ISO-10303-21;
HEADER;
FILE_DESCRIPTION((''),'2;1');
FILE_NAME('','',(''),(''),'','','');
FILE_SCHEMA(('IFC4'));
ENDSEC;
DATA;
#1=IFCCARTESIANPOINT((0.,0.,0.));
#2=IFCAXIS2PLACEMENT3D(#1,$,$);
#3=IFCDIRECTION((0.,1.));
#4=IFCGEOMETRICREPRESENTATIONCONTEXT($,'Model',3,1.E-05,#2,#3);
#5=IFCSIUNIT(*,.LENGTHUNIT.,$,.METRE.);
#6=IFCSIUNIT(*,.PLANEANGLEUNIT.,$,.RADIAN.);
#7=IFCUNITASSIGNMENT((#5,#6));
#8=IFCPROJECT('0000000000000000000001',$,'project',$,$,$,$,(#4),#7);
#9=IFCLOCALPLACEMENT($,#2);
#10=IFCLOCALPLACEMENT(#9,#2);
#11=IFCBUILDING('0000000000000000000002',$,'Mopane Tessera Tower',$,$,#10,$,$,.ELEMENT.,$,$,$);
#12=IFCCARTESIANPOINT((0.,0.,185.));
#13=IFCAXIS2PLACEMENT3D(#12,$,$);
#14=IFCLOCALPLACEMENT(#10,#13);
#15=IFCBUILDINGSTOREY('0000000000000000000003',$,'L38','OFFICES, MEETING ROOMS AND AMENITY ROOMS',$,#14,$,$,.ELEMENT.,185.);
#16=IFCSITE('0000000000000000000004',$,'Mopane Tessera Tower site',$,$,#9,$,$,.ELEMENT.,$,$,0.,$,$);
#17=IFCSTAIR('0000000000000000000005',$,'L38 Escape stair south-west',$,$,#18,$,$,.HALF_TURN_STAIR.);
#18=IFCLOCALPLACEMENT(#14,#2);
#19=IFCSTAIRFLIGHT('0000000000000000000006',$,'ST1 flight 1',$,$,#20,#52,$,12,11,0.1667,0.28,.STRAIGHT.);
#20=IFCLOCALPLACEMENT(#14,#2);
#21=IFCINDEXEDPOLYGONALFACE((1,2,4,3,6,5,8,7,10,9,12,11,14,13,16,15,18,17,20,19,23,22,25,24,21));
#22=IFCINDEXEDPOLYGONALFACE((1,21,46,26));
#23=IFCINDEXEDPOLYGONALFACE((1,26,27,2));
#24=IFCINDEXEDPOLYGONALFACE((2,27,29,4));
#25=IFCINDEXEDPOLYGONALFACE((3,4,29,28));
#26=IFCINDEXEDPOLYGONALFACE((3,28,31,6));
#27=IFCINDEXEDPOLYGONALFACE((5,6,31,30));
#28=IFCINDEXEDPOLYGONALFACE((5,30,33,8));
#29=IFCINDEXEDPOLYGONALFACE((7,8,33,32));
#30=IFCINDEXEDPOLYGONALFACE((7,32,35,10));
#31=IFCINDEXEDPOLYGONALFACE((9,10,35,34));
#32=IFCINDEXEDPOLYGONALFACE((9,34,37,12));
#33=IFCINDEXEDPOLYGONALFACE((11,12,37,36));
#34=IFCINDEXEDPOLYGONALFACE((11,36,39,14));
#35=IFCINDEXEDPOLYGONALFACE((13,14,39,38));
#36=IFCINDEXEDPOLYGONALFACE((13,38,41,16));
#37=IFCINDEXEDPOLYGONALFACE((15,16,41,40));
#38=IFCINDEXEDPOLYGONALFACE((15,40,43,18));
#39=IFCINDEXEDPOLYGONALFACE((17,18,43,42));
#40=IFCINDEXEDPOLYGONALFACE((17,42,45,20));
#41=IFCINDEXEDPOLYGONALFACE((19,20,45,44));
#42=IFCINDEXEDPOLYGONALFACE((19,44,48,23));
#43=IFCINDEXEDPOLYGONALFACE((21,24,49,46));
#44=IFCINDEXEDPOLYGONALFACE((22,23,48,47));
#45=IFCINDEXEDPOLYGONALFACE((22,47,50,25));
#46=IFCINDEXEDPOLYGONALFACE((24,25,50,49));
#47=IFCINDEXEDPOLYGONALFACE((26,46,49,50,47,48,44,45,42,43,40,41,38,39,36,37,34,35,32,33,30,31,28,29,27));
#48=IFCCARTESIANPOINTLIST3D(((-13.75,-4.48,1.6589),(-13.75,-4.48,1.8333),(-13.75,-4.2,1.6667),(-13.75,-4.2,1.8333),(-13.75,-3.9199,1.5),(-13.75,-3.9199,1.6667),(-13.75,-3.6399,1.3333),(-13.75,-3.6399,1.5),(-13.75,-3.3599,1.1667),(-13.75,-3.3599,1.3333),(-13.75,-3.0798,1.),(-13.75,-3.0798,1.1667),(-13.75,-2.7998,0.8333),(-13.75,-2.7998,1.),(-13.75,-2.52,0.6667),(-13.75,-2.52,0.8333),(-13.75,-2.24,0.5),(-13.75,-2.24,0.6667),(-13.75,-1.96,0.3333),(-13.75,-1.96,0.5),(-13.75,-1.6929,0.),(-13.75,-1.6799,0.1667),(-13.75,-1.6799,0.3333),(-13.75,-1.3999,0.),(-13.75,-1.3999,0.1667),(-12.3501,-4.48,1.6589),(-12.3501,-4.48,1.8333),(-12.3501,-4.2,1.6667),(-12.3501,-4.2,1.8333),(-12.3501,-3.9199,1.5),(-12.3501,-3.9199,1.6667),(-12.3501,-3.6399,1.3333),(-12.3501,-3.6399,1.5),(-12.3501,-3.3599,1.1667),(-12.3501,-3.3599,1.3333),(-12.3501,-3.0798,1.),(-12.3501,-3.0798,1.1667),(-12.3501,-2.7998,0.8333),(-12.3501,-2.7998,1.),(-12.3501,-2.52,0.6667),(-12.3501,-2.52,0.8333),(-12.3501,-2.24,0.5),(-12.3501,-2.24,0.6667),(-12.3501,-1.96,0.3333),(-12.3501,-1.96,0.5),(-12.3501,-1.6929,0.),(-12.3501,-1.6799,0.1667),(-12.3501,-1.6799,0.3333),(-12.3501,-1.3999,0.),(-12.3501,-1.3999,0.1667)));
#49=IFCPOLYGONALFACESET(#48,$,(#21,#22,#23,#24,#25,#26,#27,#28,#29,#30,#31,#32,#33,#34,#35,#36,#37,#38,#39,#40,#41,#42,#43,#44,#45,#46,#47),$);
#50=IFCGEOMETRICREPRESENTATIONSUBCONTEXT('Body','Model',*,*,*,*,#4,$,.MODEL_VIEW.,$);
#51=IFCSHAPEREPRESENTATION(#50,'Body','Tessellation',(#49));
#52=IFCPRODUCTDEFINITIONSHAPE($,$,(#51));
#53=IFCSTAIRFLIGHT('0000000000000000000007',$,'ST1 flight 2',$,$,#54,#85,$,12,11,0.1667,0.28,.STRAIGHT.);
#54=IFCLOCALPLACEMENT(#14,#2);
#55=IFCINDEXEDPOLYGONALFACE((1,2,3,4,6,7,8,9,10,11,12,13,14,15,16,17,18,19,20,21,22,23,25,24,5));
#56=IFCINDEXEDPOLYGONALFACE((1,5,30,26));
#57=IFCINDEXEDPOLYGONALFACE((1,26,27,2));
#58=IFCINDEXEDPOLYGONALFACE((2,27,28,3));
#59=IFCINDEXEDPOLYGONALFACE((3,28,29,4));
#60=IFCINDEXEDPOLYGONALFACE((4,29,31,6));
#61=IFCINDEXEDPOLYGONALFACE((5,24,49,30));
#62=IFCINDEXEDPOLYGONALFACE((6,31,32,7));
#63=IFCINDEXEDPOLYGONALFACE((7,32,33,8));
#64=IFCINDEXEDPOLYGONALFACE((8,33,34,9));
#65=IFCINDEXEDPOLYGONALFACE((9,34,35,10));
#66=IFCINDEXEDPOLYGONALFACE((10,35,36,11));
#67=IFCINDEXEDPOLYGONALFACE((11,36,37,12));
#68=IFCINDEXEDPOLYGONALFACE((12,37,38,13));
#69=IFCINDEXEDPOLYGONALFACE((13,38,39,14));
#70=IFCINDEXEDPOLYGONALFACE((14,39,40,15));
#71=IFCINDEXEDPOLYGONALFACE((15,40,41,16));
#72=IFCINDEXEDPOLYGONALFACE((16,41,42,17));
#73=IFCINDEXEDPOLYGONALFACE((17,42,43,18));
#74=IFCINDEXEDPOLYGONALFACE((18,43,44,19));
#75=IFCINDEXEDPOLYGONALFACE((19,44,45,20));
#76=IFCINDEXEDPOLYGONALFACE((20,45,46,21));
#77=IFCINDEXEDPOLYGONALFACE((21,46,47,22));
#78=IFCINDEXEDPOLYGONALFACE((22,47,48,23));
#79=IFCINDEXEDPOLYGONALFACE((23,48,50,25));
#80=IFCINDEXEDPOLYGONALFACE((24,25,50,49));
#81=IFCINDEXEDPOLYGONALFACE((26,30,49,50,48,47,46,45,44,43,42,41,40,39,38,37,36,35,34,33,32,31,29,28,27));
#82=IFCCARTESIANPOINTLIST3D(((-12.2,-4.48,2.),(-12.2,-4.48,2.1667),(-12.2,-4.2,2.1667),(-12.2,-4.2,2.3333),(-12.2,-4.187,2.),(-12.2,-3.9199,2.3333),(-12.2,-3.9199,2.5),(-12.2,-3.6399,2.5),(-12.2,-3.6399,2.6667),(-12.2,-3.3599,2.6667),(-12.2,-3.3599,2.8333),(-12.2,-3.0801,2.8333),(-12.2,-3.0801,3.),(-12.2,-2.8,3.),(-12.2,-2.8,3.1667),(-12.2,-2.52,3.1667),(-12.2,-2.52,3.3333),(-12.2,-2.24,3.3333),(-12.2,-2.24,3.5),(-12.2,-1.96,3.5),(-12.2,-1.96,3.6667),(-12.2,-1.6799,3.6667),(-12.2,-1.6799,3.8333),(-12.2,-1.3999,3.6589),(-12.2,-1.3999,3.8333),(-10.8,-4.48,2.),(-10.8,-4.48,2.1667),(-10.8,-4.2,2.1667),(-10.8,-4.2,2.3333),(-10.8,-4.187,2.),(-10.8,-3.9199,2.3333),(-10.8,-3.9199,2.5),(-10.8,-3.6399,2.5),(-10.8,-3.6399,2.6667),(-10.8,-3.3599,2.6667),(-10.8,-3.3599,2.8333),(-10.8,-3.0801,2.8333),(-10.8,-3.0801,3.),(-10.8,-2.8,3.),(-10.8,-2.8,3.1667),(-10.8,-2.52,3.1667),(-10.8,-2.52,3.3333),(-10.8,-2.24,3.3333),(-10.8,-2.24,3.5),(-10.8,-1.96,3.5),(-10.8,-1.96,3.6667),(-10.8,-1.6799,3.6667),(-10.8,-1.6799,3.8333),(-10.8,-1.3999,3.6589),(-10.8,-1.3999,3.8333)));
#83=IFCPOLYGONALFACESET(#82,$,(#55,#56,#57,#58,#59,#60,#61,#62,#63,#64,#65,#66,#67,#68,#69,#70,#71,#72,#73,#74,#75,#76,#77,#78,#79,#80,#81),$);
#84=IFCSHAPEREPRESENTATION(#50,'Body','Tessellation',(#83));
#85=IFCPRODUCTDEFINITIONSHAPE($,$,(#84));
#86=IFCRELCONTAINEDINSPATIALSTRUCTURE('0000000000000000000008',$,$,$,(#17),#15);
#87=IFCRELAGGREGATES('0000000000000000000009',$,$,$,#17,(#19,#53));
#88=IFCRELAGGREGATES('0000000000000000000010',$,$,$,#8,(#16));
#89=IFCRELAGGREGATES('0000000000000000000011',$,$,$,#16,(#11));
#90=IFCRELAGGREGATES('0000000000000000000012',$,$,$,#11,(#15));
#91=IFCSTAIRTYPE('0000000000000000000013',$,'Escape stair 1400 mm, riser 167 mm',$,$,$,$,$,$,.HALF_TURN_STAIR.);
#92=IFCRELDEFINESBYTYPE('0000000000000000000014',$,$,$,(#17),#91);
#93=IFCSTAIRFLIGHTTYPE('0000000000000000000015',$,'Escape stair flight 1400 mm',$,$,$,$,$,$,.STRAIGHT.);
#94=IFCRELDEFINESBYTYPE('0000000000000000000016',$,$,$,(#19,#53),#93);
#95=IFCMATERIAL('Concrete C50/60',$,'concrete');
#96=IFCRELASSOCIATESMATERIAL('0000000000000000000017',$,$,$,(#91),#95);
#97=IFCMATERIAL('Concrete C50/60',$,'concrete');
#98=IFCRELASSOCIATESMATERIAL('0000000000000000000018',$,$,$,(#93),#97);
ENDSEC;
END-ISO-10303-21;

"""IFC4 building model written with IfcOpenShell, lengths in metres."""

from ifc_helpers import new_model, si_unit, direction, frame, origin, place, context, subcontext, project, spatial, polyline, outline, extrude, material, type_object, element, aggregate, save


model = new_model("IFC4")

# Units and contexts
model_context = context("Model", 3, precision=1e-05, world=origin(), true_north=direction((0.0, 1.0)))
body_context = subcontext(model_context, "Body", "Model", "MODEL_VIEW")
ifc_project = project(units=[si_unit("LENGTHUNIT", "METRE"), si_unit("PLANEANGLEUNIT", "RADIAN")], contexts=[model_context])

# Site, building, storey
site_placement = place(None, origin())
site = spatial("IfcSite", under=ifc_project, at=site_placement, Name="Mopane Tessera Tower site", CompositionType="ELEMENT", RefElevation=0.0)
building_placement = place(site_placement, origin())
building = spatial("IfcBuilding", under=site, at=building_placement, Name="Mopane Tessera Tower", CompositionType="ELEMENT")
storey_placement = place(building_placement, frame((0.0, 0.0, 185.0)))
storey = spatial("IfcBuildingStorey", under=building, at=storey_placement, Name="L38", Description="OFFICES, MEETING ROOMS AND AMENITY ROOMS", CompositionType="ELEMENT", Elevation=185.0)

# Stair, stair flights
ifc_material_1 = material(Name="Concrete C50/60", Category="concrete")
stair_type = type_object("IfcStairType", Name="Escape stair 1400 mm, riser 167 mm", PredefinedType="HALF_TURN_STAIR", material=ifc_material_1)
stair_placement = place(storey_placement, origin())
stair = element("IfcStair", 1, at=stair_placement, inside=storey, type_object=stair_type, Name="L38 Escape stair south-west", PredefinedType="HALF_TURN_STAIR")
ifc_material_2 = material(Name="Concrete C50/60", Category="concrete")
stair_flight_type = type_object("IfcStairFlightType", Name="Escape stair flight 1400 mm", PredefinedType="STRAIGHT", material=ifc_material_2)
stair_flight_1_placement = place(storey_placement, frame((-13.05, -1.3999, 0.0), z_axis=(0.0, 0.0, 1.0), x_axis=(0.0, -1.0, 0.0)))
stair_flight_1 = element("IfcStairFlight", 2, at=stair_flight_1_placement, type_object=stair_flight_type, Name="ST1 flight 1", NumberOfRisers=12, NumberOfTreads=11, PredefinedType="STRAIGHT", RiserHeight=0.1667, TreadLength=0.28, context=body_context, shape_type="SweptSolid", body=[
    extrude(outline(polyline([(0.0, 0.0), (0.0, 0.1667), (0.28, 0.1667), (0.28, 0.3333), (0.5601, 0.3333), (0.5601, 0.5), (0.8401, 0.5), (0.8401, 0.6667), (1.1201, 0.6667), (1.1201, 0.8333), (1.3999, 0.8333), (1.3999, 1.0), (1.6799, 1.0), (1.6799, 1.1667), (1.96, 1.1667), (1.96, 1.3333), (2.24, 1.3333), (2.24, 1.5), (2.52, 1.5), (2.52, 1.6667), (2.8, 1.6667), (2.8, 1.8333), (3.0801, 1.8333), (3.0801, 2.0), (3.0801, 1.6589), (0.293, 0.0), (0.0, 0.0)])), frame((0.0, 0.7, 0.0), z_axis=(0.0, -1.0, 0.0), x_axis=(1.0, 0.0, 0.0)), (0.0, 0.0, 1.0), 1.3999),
])
stair_flight_2_placement = place(storey_placement, frame((-11.5, -4.48, 2.0), z_axis=(0.0, 0.0, 1.0), x_axis=(0.0, 1.0, 0.0)))
stair_flight_2 = element("IfcStairFlight", 3, at=stair_flight_2_placement, type_object=stair_flight_type, Name="ST1 flight 2", NumberOfRisers=12, NumberOfTreads=11, PredefinedType="STRAIGHT", RiserHeight=0.1667, TreadLength=0.28, context=body_context, shape_type="SweptSolid", body=[
    extrude(outline(polyline([(0.0, 0.0), (0.0, 0.1667), (0.28, 0.1667), (0.28, 0.3333), (0.5601, 0.3333), (0.5601, 0.5), (0.8401, 0.5), (0.8401, 0.6667), (1.1201, 0.6667), (1.1201, 0.8333), (1.3999, 0.8333), (1.3999, 1.0), (1.6799, 1.0), (1.6799, 1.1667), (1.96, 1.1667), (1.96, 1.3333), (2.24, 1.3333), (2.24, 1.5), (2.52, 1.5), (2.52, 1.6667), (2.8, 1.6667), (2.8, 1.8333), (3.0801, 1.8333), (3.0801, 2.0), (3.0801, 1.6589), (0.293, 0.0), (0.0, 0.0)])), frame((0.0, 0.7, 0.0), z_axis=(0.0, -1.0, 0.0), x_axis=(1.0, 0.0, 0.0)), (0.0, 0.0, 1.0), 1.3999),
])
aggregate(stair, [stair_flight_1, stair_flight_2])

save(model, "model.ifc")
